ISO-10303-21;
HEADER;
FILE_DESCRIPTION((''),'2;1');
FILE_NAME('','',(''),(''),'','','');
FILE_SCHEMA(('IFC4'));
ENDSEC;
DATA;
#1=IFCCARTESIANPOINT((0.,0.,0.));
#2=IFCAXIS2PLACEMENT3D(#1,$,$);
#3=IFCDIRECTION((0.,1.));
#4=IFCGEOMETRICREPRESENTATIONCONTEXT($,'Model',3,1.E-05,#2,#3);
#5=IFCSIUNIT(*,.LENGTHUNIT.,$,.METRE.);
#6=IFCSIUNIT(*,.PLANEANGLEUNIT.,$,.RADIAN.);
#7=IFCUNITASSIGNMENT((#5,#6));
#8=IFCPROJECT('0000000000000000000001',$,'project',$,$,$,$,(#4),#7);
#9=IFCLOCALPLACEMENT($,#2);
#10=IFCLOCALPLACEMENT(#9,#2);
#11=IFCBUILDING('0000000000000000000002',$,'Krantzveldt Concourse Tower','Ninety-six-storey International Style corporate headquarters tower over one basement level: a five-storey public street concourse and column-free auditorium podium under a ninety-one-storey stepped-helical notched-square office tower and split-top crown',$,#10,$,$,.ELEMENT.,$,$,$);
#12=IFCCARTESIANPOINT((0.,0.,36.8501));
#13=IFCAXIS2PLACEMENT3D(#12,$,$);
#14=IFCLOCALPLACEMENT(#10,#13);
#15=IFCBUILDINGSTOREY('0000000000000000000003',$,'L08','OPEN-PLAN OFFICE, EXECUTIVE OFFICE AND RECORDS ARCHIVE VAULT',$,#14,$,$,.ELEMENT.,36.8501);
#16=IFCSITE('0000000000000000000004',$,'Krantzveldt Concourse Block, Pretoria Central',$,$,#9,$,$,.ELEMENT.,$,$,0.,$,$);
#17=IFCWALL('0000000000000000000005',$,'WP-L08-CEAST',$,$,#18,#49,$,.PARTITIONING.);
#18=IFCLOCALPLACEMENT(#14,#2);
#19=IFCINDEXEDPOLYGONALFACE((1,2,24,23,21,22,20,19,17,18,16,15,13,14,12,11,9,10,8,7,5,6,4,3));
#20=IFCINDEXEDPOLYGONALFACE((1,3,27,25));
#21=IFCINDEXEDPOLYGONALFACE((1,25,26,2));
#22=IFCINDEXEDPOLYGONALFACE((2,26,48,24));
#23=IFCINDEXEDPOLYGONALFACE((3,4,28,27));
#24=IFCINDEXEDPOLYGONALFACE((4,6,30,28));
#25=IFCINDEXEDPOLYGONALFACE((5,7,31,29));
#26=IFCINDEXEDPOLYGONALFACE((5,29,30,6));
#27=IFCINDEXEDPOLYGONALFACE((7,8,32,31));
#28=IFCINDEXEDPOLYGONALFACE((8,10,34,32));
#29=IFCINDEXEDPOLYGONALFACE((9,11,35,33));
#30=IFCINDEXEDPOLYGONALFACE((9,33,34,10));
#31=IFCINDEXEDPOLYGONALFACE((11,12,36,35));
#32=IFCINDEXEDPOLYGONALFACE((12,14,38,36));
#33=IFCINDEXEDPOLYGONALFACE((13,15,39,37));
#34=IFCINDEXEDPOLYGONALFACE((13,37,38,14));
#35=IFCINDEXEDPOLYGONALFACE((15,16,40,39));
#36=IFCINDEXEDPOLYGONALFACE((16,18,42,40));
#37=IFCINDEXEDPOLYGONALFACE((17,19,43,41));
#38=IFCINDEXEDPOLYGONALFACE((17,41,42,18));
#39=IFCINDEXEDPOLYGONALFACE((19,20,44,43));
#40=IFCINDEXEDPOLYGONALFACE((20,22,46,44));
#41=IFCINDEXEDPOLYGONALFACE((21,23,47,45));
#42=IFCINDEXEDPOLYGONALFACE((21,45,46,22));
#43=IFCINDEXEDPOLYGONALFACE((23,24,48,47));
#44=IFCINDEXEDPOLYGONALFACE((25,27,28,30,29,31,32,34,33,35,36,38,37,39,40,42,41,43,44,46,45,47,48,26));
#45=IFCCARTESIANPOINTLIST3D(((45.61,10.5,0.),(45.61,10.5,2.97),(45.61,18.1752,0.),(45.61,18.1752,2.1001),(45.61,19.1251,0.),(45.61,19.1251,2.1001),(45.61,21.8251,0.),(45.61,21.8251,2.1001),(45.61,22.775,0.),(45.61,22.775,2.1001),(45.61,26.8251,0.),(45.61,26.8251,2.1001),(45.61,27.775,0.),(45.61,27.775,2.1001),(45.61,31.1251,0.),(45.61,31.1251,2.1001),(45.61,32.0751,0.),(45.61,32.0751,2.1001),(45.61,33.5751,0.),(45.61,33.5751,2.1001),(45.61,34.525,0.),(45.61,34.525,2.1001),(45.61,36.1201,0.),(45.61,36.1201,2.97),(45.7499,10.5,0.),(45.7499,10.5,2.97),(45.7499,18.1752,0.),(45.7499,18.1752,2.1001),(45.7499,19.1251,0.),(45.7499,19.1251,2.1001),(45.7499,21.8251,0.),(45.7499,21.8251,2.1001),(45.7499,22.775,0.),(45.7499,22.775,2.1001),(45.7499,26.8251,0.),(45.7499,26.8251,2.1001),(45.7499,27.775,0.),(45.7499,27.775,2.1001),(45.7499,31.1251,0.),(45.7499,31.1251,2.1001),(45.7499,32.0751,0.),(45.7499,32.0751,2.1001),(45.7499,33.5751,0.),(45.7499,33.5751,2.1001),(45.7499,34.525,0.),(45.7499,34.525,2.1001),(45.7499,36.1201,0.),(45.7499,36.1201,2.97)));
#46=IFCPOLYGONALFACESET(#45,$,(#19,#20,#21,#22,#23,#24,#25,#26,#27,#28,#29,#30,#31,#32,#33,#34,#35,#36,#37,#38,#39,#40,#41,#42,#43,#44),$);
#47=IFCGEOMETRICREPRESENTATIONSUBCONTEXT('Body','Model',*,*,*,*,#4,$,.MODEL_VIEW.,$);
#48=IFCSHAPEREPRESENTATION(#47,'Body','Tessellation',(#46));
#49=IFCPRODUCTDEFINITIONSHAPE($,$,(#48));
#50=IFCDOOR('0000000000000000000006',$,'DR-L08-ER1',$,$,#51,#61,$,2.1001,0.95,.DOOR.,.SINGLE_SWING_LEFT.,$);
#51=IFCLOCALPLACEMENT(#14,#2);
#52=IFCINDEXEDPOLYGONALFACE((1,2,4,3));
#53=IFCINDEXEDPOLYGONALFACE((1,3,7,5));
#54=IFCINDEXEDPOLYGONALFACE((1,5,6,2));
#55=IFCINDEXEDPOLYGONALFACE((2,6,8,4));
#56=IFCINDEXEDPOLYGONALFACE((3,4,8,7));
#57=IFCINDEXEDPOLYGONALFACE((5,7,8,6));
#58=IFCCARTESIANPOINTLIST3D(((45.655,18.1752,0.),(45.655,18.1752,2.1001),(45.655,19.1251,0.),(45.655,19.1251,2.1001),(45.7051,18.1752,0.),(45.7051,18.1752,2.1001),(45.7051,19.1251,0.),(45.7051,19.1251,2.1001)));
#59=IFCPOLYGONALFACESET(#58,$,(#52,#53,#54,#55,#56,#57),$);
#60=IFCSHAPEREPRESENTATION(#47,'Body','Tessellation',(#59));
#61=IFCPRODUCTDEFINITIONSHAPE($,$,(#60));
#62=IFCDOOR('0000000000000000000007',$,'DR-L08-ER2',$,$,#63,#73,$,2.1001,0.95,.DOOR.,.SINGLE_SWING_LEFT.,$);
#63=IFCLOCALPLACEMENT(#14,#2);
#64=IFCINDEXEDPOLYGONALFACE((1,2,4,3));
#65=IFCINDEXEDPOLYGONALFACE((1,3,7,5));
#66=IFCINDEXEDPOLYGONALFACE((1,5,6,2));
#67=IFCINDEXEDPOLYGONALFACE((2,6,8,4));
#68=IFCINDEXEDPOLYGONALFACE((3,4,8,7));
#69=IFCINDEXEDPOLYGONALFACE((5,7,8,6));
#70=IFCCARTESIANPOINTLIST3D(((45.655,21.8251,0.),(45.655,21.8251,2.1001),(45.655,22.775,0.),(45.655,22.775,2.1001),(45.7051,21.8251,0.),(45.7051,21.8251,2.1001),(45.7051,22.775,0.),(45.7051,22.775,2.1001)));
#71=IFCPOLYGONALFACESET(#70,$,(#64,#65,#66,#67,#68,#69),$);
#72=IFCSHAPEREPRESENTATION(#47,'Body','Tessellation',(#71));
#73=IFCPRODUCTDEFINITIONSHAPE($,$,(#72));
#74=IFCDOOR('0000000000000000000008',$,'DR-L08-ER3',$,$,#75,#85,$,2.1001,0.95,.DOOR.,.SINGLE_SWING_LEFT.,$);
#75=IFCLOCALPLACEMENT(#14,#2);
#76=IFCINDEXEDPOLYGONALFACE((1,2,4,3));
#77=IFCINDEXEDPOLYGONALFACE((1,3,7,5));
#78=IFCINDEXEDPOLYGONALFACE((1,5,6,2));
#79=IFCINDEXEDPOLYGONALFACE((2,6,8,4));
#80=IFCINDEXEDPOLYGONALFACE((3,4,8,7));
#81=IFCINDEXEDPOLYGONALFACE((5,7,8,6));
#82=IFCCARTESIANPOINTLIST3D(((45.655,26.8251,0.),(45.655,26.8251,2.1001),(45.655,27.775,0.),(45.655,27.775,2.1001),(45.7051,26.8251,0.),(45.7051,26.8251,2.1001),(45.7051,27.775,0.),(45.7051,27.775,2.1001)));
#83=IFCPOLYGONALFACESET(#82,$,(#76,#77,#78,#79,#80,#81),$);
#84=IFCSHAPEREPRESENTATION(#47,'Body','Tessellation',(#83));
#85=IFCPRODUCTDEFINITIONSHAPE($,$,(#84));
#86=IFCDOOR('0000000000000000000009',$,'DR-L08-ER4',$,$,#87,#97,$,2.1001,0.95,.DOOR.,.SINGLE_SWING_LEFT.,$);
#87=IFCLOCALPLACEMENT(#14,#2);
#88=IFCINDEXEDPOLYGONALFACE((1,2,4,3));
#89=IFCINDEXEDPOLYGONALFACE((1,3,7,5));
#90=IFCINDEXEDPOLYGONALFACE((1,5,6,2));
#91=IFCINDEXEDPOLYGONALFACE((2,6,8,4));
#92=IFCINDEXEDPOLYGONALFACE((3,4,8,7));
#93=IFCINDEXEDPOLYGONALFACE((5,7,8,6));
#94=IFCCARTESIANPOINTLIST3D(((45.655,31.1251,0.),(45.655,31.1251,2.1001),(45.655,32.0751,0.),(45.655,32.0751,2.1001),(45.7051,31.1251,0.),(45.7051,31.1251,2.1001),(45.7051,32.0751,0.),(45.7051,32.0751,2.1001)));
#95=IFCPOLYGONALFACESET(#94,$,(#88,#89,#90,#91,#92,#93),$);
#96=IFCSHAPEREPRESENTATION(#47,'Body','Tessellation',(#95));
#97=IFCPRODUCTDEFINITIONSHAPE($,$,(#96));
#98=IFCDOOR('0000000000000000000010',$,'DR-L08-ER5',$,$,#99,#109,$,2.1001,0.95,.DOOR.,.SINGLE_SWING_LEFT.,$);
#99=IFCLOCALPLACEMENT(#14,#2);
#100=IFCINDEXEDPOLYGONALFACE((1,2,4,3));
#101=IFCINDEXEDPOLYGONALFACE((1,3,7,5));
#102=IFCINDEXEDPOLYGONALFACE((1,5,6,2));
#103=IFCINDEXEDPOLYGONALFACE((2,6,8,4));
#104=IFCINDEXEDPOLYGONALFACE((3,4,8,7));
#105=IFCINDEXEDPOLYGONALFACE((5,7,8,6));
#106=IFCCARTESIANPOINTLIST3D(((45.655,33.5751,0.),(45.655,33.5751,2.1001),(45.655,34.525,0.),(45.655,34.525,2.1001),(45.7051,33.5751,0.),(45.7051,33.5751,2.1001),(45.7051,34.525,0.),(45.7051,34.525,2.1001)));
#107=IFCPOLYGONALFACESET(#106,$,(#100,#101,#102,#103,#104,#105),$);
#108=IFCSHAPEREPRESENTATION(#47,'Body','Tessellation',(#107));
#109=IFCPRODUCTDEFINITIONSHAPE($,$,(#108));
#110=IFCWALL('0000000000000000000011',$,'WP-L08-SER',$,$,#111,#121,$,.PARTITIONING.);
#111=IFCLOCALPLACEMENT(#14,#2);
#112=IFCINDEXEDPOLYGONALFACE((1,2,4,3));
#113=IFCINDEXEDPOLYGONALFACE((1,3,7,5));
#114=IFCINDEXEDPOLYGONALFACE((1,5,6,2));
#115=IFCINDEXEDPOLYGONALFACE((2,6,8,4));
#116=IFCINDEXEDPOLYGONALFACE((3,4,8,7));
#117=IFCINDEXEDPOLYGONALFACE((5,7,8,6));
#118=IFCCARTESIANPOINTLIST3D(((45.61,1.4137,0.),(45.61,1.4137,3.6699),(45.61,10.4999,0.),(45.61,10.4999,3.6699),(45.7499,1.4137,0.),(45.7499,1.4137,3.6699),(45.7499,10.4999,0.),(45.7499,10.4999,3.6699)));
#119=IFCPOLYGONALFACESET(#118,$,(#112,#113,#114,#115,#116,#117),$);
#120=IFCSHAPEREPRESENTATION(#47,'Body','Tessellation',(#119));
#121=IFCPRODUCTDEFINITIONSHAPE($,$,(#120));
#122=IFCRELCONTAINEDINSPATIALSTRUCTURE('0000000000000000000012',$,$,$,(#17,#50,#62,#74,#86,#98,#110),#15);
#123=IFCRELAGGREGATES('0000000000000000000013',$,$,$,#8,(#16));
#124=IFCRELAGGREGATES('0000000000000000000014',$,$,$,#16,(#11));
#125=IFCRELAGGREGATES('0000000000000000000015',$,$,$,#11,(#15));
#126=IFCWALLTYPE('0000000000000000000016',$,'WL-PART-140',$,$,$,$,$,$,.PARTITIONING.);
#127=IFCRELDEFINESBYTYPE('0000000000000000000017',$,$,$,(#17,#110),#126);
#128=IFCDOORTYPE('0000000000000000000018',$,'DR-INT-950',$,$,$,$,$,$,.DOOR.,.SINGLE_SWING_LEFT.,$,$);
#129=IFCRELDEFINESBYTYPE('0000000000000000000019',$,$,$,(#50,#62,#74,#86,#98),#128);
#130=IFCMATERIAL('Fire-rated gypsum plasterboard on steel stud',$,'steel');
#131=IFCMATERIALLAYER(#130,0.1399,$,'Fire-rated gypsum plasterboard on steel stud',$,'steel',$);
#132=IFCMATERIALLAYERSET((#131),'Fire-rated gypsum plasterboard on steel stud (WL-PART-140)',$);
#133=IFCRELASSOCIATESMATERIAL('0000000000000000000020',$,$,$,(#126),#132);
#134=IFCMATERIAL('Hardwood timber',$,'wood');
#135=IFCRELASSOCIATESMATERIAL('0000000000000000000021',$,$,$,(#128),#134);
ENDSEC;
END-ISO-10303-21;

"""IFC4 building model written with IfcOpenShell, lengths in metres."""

from ifc_helpers import new_model, si_unit, direction, frame, frame_2d, origin, place, context, subcontext, project, spatial, rectangle, extrude, material, layer, layer_set, type_object, element, fill, save


model = new_model("IFC4")

# Units and contexts
model_context = context("Model", 3, precision=1e-05, world=origin(), true_north=direction((0.0, 1.0)))
body_context = subcontext(model_context, "Body", "Model", "MODEL_VIEW")
ifc_project = project(units=[si_unit("LENGTHUNIT", "METRE"), si_unit("PLANEANGLEUNIT", "RADIAN")], contexts=[model_context])

# Site, building, storey
site_placement = place(None, origin())
site = spatial("IfcSite", under=ifc_project, at=site_placement, Name="Krantzveldt Concourse Block, Pretoria Central", CompositionType="ELEMENT", RefElevation=0.0)
building_placement = place(site_placement, origin())
building = spatial("IfcBuilding", under=site, at=building_placement, Name="Krantzveldt Concourse Tower", Description="Ninety-six-storey International Style corporate headquarters tower over one basement level: a five-storey public street concourse and column-free auditorium podium under a ninety-one-storey stepped-helical notched-square office tower and split-top crown", CompositionType="ELEMENT")
storey_placement = place(building_placement, frame((0.0, 0.0, 36.8501)))
storey = spatial("IfcBuildingStorey", under=building, at=storey_placement, Name="L08", Description="OPEN-PLAN OFFICE, EXECUTIVE OFFICE AND RECORDS ARCHIVE VAULT", CompositionType="ELEMENT", Elevation=36.8501)

# Shared definitions
ifc_material_1 = material(Name="Fire-rated gypsum plasterboard on steel stud", Category="steel")

# Wall, openings, doors
ifc_layer_1 = layer(ifc_material_1, 0.1399, Name="Fire-rated gypsum plasterboard on steel stud", Category="steel")
ifc_layer_set_1 = layer_set([ifc_layer_1], Name="Fire-rated gypsum plasterboard on steel stud (WL-PART-140)")
wall_type_1 = type_object("IfcWallType", Name="WL-PART-140", PredefinedType="PARTITIONING", material=ifc_layer_set_1)
wall_1_placement = place(storey_placement, frame((45.6799, 10.5, 0.0), z_axis=(0.0, 0.0, 1.0), x_axis=(0.0, 1.0, 0.0)))
wall_1 = element("IfcWall", 1, at=wall_1_placement, inside=storey, type_object=wall_type_1, Name="WP-L08-CEAST", PredefinedType="PARTITIONING", context=body_context, shape_type="SweptSolid", body=[
    extrude(rectangle(XDim=25.6201, YDim=0.1399, at=frame_2d((12.8101, 0.0))), origin(), (0.0, 0.0, 1.0), 2.97),
])
opening_1_placement = place(wall_1_placement, frame((7.675, 0.0, 0.0)))
opening_1 = element("IfcOpeningElement", 2, at=opening_1_placement, cuts=wall_1, PredefinedType="OPENING", context=body_context, shape_type="SweptSolid", body=[
    extrude(rectangle(XDim=0.95, YDim=2.1001, at=frame_2d((0.4751, 1.05))), frame((0.0, 0.0801, 0.0), z_axis=(0.0, -1.0, 0.0), x_axis=(1.0, 0.0, 0.0)), (0.0, 0.0, 1.0), 0.1599),
])
opening_2_placement = place(wall_1_placement, frame((11.325, 0.0, 0.0)))
opening_2 = element("IfcOpeningElement", 3, at=opening_2_placement, cuts=wall_1, PredefinedType="OPENING", context=body_context, shape_type="SweptSolid", body=[
    extrude(rectangle(XDim=0.95, YDim=2.1001, at=frame_2d((0.4751, 1.05))), frame((0.0, 0.0801, 0.0), z_axis=(0.0, -1.0, 0.0), x_axis=(1.0, 0.0, 0.0)), (0.0, 0.0, 1.0), 0.1599),
])
opening_3_placement = place(wall_1_placement, frame((16.325, 0.0, 0.0)))
opening_3 = element("IfcOpeningElement", 4, at=opening_3_placement, cuts=wall_1, PredefinedType="OPENING", context=body_context, shape_type="SweptSolid", body=[
    extrude(rectangle(XDim=0.95, YDim=2.1001, at=frame_2d((0.4751, 1.05))), frame((0.0, 0.0801, 0.0), z_axis=(0.0, -1.0, 0.0), x_axis=(1.0, 0.0, 0.0)), (0.0, 0.0, 1.0), 0.1599),
])
opening_4_placement = place(wall_1_placement, frame((20.625, 0.0, 0.0)))
opening_4 = element("IfcOpeningElement", 5, at=opening_4_placement, cuts=wall_1, PredefinedType="OPENING", context=body_context, shape_type="SweptSolid", body=[
    extrude(rectangle(XDim=0.95, YDim=2.1001, at=frame_2d((0.4751, 1.05))), frame((0.0, 0.0801, 0.0), z_axis=(0.0, -1.0, 0.0), x_axis=(1.0, 0.0, 0.0)), (0.0, 0.0, 1.0), 0.1599),
])
opening_5_placement = place(wall_1_placement, frame((23.075, 0.0, 0.0)))
opening_5 = element("IfcOpeningElement", 6, at=opening_5_placement, cuts=wall_1, PredefinedType="OPENING", context=body_context, shape_type="SweptSolid", body=[
    extrude(rectangle(XDim=0.95, YDim=2.1001, at=frame_2d((0.4751, 1.05))), frame((0.0, 0.0801, 0.0), z_axis=(0.0, -1.0, 0.0), x_axis=(1.0, 0.0, 0.0)), (0.0, 0.0, 1.0), 0.1599),
])
ifc_material_2 = material(Name="Hardwood timber", Category="wood")
door_type = type_object("IfcDoorType", Name="DR-INT-950", OperationType="SINGLE_SWING_LEFT", PredefinedType="DOOR", material=ifc_material_2)
door_1_placement = place(opening_1_placement, origin())
door_1 = element("IfcDoor", 7, at=door_1_placement, inside=storey, type_object=door_type, Name="DR-L08-ER1", OperationType="SINGLE_SWING_LEFT", OverallHeight=2.1001, OverallWidth=0.95, PredefinedType="DOOR", context=body_context, shape_type="SweptSolid", body=[
    extrude(rectangle(XDim=0.95, YDim=2.1001, at=frame_2d((0.4751, 1.05))), frame((0.0, 0.0249, 0.0), z_axis=(0.0, -1.0, 0.0), x_axis=(1.0, 0.0, 0.0)), (0.0, 0.0, 1.0), 0.05),
])
fill(opening_1, door_1)
door_2_placement = place(opening_2_placement, origin())
door_2 = element("IfcDoor", 8, at=door_2_placement, inside=storey, type_object=door_type, Name="DR-L08-ER2", OperationType="SINGLE_SWING_LEFT", OverallHeight=2.1001, OverallWidth=0.95, PredefinedType="DOOR", context=body_context, shape_type="SweptSolid", body=[
    extrude(rectangle(XDim=0.95, YDim=2.1001, at=frame_2d((0.4751, 1.05))), frame((0.0, 0.0249, 0.0), z_axis=(0.0, -1.0, 0.0), x_axis=(1.0, 0.0, 0.0)), (0.0, 0.0, 1.0), 0.05),
])
fill(opening_2, door_2)
door_3_placement = place(opening_3_placement, origin())
door_3 = element("IfcDoor", 9, at=door_3_placement, inside=storey, type_object=door_type, Name="DR-L08-ER3", OperationType="SINGLE_SWING_LEFT", OverallHeight=2.1001, OverallWidth=0.95, PredefinedType="DOOR", context=body_context, shape_type="SweptSolid", body=[
    extrude(rectangle(XDim=0.95, YDim=2.1001, at=frame_2d((0.4751, 1.05))), frame((0.0, 0.0249, 0.0), z_axis=(0.0, -1.0, 0.0), x_axis=(1.0, 0.0, 0.0)), (0.0, 0.0, 1.0), 0.05),
])
fill(opening_3, door_3)
door_4_placement = place(opening_4_placement, origin())
door_4 = element("IfcDoor", 10, at=door_4_placement, inside=storey, type_object=door_type, Name="DR-L08-ER4", OperationType="SINGLE_SWING_LEFT", OverallHeight=2.1001, OverallWidth=0.95, PredefinedType="DOOR", context=body_context, shape_type="SweptSolid", body=[
    extrude(rectangle(XDim=0.95, YDim=2.1001, at=frame_2d((0.4751, 1.05))), frame((0.0, 0.0249, 0.0), z_axis=(0.0, -1.0, 0.0), x_axis=(1.0, 0.0, 0.0)), (0.0, 0.0, 1.0), 0.05),
])
fill(opening_4, door_4)
door_5_placement = place(opening_5_placement, origin())
door_5 = element("IfcDoor", 11, at=door_5_placement, inside=storey, type_object=door_type, Name="DR-L08-ER5", OperationType="SINGLE_SWING_LEFT", OverallHeight=2.1001, OverallWidth=0.95, PredefinedType="DOOR", context=body_context, shape_type="SweptSolid", body=[
    extrude(rectangle(XDim=0.95, YDim=2.1001, at=frame_2d((0.4751, 1.05))), frame((0.0, 0.0249, 0.0), z_axis=(0.0, -1.0, 0.0), x_axis=(1.0, 0.0, 0.0)), (0.0, 0.0, 1.0), 0.05),
])
fill(opening_5, door_5)

# Wall
wall_2_placement = place(storey_placement, frame((45.6799, 1.4138, 0.0), z_axis=(0.0, 0.0, 1.0), x_axis=(0.0, 1.0, 0.0)))
element("IfcWall", 12, at=wall_2_placement, inside=storey, type_object=wall_type_1, Name="WP-L08-SER", PredefinedType="PARTITIONING", context=body_context, shape_type="SweptSolid", body=[
    extrude(rectangle(XDim=9.0862, YDim=0.1399, at=frame_2d((4.543, 0.0))), origin(), (0.0, 0.0, 1.0), 3.6699),
])

save(model, "model.ifc")
